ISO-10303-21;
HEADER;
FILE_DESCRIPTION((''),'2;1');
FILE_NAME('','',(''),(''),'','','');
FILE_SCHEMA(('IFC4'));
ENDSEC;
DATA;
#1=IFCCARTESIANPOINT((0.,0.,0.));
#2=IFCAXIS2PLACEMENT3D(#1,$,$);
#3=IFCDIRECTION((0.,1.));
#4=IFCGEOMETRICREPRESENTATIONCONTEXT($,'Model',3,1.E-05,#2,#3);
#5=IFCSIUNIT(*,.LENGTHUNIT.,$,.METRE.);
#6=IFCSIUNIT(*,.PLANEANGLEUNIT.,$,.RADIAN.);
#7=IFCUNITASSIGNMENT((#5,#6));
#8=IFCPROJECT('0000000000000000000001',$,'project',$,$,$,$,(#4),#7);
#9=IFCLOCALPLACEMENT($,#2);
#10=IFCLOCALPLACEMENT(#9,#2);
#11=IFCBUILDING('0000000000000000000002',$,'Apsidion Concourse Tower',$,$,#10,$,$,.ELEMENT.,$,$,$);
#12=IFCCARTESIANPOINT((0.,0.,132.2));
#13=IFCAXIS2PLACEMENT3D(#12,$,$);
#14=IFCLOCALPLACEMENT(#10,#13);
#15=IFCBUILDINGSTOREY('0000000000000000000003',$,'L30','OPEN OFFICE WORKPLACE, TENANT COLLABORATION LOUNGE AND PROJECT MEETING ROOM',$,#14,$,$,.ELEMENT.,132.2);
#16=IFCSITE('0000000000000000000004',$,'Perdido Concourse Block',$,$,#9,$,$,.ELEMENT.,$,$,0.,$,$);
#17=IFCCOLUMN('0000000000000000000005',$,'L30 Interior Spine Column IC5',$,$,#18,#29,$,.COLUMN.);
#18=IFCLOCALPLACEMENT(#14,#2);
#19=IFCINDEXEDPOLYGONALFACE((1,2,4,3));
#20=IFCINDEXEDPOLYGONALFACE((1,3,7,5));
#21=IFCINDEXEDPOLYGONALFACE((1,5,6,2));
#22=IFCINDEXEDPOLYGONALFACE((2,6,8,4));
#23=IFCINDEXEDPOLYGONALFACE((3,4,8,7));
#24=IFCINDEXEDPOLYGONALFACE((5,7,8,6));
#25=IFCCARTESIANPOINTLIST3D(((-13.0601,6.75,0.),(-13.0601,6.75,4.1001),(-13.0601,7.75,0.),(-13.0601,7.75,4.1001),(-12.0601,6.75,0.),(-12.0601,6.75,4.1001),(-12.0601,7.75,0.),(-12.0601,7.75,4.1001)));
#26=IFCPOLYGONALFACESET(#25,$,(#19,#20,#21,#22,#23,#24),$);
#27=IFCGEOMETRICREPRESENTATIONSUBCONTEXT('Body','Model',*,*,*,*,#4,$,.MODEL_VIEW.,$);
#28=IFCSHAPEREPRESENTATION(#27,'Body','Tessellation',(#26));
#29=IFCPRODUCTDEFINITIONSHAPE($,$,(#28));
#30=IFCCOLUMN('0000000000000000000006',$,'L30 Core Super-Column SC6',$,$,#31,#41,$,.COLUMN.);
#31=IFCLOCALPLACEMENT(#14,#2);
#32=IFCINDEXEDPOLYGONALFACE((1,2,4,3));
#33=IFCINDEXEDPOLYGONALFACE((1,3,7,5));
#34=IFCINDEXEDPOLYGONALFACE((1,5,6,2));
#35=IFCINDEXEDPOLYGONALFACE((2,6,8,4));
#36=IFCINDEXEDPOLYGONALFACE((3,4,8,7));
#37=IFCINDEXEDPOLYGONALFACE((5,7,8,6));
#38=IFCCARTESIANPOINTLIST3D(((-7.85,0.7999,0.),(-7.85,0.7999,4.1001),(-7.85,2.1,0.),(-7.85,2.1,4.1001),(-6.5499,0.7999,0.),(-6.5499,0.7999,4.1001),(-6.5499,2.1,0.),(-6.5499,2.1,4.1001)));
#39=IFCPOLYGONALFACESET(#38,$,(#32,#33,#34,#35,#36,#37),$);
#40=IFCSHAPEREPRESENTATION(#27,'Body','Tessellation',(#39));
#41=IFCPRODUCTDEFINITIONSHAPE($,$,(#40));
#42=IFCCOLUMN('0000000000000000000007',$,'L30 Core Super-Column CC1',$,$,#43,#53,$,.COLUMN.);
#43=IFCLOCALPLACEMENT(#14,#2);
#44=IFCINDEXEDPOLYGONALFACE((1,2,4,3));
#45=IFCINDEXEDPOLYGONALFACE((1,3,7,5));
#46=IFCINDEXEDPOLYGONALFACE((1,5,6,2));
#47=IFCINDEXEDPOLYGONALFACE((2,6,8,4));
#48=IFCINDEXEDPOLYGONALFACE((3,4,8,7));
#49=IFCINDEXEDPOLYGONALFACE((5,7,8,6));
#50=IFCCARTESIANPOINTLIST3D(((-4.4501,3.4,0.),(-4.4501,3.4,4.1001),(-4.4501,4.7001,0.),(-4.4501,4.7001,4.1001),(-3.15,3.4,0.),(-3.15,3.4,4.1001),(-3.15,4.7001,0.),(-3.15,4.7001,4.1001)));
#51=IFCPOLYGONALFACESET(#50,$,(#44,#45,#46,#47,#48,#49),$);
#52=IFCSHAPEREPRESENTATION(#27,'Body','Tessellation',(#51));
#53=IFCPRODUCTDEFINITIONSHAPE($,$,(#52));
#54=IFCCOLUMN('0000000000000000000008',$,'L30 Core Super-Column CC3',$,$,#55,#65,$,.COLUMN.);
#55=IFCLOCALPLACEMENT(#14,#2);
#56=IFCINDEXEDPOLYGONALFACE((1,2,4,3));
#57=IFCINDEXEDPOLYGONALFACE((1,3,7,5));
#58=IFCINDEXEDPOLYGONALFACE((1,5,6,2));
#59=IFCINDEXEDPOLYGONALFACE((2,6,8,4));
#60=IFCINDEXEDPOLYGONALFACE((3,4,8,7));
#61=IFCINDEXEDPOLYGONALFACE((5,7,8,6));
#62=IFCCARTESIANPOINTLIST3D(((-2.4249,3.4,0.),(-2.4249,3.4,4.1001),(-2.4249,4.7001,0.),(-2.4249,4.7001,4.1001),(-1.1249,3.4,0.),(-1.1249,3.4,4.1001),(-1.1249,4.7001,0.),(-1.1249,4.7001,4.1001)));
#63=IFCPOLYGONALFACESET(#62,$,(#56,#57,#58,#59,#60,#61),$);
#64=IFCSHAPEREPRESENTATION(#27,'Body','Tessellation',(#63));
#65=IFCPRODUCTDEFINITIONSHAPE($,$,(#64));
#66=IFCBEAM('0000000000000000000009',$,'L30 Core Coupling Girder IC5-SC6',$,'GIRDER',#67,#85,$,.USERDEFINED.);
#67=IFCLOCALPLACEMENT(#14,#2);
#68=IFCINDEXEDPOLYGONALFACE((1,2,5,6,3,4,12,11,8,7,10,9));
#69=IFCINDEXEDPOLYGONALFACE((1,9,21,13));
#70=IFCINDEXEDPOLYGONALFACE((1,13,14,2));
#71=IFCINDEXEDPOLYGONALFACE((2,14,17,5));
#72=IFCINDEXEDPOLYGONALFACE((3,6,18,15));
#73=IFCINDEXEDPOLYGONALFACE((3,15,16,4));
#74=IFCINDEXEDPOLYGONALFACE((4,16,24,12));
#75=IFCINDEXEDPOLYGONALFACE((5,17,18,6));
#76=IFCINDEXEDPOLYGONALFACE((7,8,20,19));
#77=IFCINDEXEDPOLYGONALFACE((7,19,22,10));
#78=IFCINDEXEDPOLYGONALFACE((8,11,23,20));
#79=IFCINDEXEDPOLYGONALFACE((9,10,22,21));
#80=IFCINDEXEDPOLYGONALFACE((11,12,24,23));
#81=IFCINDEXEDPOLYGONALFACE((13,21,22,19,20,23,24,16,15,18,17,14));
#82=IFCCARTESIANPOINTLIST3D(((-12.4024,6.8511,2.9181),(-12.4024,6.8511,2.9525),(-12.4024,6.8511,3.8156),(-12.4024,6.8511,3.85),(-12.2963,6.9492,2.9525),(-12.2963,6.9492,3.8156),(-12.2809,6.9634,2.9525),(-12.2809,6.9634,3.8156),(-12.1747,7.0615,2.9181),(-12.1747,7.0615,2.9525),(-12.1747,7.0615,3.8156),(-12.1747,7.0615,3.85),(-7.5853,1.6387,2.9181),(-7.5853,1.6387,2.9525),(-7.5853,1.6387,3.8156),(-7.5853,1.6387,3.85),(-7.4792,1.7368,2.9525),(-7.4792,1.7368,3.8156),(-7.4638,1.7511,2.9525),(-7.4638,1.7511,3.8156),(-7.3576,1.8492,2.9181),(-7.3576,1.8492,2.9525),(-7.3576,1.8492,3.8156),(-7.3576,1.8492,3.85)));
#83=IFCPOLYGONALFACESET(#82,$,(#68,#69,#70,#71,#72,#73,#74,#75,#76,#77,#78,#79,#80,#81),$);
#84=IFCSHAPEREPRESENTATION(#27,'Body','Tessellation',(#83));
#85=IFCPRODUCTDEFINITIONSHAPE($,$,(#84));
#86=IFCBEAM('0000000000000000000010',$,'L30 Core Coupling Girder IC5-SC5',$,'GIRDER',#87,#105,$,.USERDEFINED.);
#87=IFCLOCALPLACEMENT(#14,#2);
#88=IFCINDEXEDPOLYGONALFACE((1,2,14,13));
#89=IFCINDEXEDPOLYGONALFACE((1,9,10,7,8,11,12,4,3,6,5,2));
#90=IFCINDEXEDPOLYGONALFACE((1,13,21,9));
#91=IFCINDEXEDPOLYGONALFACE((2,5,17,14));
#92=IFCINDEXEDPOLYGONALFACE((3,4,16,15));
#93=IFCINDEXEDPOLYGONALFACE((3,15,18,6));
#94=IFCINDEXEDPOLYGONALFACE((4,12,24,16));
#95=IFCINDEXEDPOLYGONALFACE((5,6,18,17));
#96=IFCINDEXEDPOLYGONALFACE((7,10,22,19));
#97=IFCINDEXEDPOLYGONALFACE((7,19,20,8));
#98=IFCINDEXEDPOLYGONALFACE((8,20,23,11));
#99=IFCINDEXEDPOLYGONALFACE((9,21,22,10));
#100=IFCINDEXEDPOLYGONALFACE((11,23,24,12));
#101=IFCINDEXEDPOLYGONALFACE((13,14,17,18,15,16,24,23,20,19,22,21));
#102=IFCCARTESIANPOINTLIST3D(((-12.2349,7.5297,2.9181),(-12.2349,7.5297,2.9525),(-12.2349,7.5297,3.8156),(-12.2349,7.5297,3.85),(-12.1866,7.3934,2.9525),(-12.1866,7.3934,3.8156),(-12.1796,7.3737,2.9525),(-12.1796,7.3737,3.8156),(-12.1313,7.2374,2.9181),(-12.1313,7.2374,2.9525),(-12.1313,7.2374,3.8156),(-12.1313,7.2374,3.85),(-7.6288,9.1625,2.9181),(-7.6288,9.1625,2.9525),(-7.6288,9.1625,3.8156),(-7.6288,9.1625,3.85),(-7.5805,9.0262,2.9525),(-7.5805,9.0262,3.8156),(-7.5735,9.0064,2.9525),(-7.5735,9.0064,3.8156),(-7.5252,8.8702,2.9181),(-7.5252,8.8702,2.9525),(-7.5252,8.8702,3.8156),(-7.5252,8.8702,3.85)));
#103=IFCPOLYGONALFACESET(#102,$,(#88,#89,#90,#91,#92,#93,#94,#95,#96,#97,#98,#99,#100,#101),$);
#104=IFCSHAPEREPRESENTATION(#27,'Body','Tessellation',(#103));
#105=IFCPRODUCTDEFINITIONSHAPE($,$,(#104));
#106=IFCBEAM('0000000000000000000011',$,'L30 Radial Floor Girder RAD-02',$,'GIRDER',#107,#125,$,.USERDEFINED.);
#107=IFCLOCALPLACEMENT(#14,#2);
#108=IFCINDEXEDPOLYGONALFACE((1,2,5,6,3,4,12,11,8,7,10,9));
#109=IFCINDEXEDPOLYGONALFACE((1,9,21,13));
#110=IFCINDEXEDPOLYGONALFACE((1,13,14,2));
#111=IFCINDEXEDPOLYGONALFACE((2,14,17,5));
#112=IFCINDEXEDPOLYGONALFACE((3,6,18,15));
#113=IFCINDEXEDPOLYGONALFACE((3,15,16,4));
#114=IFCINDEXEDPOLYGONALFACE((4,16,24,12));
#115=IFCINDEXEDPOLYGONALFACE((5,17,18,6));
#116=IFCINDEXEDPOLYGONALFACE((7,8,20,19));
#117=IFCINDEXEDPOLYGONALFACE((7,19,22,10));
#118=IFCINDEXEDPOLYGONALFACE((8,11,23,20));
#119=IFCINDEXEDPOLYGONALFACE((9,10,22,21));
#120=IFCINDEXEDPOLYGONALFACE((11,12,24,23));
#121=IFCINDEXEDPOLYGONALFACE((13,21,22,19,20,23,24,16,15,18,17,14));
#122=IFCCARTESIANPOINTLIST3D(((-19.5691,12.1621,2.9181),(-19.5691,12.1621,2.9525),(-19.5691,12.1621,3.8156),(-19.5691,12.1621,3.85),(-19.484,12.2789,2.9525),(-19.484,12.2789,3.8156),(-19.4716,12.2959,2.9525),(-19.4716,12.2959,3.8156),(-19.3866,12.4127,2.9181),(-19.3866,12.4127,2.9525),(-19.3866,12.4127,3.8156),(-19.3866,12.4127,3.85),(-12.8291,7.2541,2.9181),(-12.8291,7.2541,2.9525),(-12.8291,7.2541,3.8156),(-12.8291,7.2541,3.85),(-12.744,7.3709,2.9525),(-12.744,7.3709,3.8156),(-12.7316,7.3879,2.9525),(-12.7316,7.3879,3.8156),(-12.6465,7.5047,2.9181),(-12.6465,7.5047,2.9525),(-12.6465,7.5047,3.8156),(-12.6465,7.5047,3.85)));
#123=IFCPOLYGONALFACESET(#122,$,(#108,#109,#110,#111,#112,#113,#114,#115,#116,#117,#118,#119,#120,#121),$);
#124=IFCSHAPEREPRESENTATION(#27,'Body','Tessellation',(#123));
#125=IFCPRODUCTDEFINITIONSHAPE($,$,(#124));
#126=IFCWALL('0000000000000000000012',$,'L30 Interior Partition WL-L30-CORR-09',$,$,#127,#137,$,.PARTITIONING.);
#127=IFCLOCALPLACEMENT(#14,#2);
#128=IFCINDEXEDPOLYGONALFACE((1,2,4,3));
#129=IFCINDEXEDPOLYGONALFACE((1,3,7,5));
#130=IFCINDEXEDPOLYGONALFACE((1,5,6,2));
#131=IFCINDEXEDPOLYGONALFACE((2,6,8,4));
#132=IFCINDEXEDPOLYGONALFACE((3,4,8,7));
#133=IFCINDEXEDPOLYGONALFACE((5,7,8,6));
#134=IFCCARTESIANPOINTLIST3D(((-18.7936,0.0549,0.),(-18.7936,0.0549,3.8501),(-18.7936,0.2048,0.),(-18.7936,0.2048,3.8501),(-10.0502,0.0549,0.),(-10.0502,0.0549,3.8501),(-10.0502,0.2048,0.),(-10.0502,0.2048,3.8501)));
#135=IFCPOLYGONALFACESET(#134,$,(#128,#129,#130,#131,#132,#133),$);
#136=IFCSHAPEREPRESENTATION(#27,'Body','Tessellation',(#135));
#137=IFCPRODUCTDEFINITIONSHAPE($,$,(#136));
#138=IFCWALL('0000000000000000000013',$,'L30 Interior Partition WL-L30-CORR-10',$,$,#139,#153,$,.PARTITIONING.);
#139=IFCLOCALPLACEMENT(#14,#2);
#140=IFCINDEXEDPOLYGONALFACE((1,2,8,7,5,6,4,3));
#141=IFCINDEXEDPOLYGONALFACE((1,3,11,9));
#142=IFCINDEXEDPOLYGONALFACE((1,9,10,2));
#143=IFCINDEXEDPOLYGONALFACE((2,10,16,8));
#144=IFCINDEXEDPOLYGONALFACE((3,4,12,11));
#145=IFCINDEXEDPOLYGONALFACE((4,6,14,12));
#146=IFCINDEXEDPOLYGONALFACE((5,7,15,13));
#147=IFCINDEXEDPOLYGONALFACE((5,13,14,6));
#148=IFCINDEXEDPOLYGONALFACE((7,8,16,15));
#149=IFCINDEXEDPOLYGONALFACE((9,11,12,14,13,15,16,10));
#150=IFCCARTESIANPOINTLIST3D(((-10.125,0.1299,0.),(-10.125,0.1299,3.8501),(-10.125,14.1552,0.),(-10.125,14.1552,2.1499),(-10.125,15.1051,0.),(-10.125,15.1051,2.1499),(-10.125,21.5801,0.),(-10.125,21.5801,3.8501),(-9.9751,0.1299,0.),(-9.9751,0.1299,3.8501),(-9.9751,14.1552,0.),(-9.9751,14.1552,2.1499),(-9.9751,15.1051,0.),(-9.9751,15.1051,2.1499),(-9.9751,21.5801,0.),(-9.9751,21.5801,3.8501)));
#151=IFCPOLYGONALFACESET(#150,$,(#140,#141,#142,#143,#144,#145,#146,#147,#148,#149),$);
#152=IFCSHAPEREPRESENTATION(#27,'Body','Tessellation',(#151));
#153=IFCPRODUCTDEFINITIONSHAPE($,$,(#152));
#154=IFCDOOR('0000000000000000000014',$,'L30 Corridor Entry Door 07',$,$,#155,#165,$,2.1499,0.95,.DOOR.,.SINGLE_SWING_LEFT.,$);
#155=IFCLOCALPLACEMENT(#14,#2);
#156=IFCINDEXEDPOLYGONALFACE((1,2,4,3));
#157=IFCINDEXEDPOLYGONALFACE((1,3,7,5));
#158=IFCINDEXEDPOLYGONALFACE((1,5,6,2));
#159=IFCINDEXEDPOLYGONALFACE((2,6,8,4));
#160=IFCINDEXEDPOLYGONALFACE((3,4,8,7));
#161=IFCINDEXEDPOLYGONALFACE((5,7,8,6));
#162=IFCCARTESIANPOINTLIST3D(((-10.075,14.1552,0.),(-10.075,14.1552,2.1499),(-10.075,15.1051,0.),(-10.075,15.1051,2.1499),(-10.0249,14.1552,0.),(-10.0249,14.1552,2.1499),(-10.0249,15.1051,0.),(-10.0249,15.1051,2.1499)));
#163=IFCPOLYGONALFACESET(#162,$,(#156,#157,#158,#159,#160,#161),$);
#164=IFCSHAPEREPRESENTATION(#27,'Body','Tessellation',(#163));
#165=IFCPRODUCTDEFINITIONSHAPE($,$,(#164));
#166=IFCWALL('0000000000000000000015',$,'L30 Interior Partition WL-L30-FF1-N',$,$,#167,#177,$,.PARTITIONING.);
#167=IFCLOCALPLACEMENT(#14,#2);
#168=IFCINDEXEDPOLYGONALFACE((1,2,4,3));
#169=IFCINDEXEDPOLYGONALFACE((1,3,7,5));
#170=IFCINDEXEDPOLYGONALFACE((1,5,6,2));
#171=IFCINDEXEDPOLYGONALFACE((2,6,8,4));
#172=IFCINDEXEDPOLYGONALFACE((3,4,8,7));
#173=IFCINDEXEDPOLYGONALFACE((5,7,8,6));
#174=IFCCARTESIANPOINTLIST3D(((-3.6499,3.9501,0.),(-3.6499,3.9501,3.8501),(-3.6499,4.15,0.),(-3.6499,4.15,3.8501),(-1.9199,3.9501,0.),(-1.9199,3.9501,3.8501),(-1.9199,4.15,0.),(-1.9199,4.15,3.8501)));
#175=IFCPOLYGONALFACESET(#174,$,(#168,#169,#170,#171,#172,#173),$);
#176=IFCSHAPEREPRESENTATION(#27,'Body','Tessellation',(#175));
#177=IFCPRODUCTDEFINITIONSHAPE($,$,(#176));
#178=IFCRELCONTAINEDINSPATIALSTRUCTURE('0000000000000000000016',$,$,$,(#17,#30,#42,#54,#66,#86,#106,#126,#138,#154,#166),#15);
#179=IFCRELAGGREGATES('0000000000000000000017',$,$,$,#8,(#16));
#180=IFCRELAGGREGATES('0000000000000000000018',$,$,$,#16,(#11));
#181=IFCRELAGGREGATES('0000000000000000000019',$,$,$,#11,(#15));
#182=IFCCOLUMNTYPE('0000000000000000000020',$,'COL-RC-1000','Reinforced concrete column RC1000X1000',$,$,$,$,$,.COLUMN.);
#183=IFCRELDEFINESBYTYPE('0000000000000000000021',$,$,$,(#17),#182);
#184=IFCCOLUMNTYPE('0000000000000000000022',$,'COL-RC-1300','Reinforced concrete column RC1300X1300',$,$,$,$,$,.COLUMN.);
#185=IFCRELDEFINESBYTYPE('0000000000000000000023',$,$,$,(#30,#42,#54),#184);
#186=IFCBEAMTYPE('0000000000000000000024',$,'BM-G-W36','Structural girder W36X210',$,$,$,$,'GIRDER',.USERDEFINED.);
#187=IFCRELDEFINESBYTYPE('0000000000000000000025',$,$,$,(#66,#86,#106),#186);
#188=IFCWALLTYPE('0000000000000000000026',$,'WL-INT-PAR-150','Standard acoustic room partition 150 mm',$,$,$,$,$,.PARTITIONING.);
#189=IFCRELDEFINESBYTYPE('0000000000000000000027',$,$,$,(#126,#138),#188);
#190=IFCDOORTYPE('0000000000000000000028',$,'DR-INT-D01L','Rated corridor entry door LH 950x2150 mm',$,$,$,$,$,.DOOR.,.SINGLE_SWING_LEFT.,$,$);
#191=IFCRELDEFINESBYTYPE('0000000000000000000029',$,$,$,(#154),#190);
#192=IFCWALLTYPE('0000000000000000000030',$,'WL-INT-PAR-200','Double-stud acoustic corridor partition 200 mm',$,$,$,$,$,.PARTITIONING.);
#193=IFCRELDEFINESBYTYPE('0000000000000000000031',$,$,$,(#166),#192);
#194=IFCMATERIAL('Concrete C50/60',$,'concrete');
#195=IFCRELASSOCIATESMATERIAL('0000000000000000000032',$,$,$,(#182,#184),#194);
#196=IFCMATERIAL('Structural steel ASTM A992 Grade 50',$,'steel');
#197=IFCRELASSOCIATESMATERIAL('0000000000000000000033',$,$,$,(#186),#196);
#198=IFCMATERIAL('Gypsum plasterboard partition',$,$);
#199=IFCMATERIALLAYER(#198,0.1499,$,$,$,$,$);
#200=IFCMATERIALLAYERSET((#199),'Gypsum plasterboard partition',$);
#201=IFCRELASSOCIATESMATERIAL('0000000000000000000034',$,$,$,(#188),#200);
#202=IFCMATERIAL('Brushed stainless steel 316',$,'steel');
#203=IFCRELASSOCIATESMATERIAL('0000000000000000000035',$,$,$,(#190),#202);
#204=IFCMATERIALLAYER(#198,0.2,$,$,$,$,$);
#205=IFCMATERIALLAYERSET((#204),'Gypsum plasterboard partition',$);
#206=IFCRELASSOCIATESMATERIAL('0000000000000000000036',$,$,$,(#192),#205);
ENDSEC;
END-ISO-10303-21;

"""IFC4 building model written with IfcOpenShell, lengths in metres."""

from ifc_helpers import new_model, si_unit, direction, frame, frame_2d, origin, origin_2d, place, context, subcontext, project, spatial, rectangle, i_section, extrude, material, layer, layer_set, material_profile, profile_set, type_object, element, fill, save


model = new_model("IFC4")

# Units and contexts
model_context = context("Model", 3, precision=1e-05, world=origin(), true_north=direction((0.0, 1.0)))
body_context = subcontext(model_context, "Body", "Model", "MODEL_VIEW")
ifc_project = project(units=[si_unit("LENGTHUNIT", "METRE"), si_unit("PLANEANGLEUNIT", "RADIAN")], contexts=[model_context])

# Site, building, storey
site_placement = place(None, origin())
site = spatial("IfcSite", under=ifc_project, at=site_placement, Name="Perdido Concourse Block", CompositionType="ELEMENT", RefElevation=0.0)
building_placement = place(site_placement, origin())
building = spatial("IfcBuilding", under=site, at=building_placement, Name="Apsidion Concourse Tower", CompositionType="ELEMENT")
storey_placement = place(building_placement, frame((0.0, 0.0, 132.2)))
storey = spatial("IfcBuildingStorey", under=building, at=storey_placement, Name="L30", Description="OPEN OFFICE WORKPLACE, TENANT COLLABORATION LOUNGE AND PROJECT MEETING ROOM", CompositionType="ELEMENT", Elevation=132.2)

# Columns
ifc_material_1 = material(Name="Concrete C50/60", Category="concrete")
ifc_material_profile_1 = material_profile(ifc_material_1, rectangle(XDim=1.0, YDim=1.0, at=origin_2d()), Name="RC 1000x1000")
ifc_profile_set_1 = profile_set([ifc_material_profile_1], Name="Concrete C50/60")
column_type_1 = type_object("IfcColumnType", Name="COL-RC-1000", Description="Reinforced concrete column RC1000X1000", PredefinedType="COLUMN", material=ifc_profile_set_1)
column_placement = place(storey_placement, frame((-12.5601, 7.25, 0.0), z_axis=(0.0, 0.0, 1.0), x_axis=(1.0, 0.0, 0.0)))
element("IfcColumn", 1, at=column_placement, inside=storey, type_object=column_type_1, Name="L30 Interior Spine Column IC5", PredefinedType="COLUMN", context=body_context, shape_type="SweptSolid", body=[
    extrude(rectangle(XDim=1.0, YDim=1.0, at=origin_2d()), origin(), (0.0, 0.0, 1.0), 4.1001),
])
ifc_material_profile_2 = material_profile(ifc_material_1, rectangle(XDim=1.3, YDim=1.3, at=origin_2d()), Name="RC 1300x1300")
ifc_profile_set_2 = profile_set([ifc_material_profile_2], Name="Concrete C50/60")
column_type_2 = type_object("IfcColumnType", Name="COL-RC-1300", Description="Reinforced concrete column RC1300X1300", PredefinedType="COLUMN", material=ifc_profile_set_2)
for number, where, z_axis, x_axis, name in (
    (2, (-7.2, 1.45, 0.0), (0.0, 0.0, 1.0), (1.0, 0.0, 0.0), "L30 Core Super-Column SC6"),
    (3, (-3.8, 4.05, 0.0), (0.0, 0.0, 1.0), (1.0, 0.0, 0.0), "L30 Core Super-Column CC1"),
    (4, (-1.7749, 4.05, 0.0), (0.0, 0.0, 1.0), (1.0, 0.0, 0.0), "L30 Core Super-Column CC3"),
):
    element("IfcColumn", number, at=place(storey_placement, frame(where, z_axis=z_axis, x_axis=x_axis)), inside=storey, type_object=column_type_2, Name=name, PredefinedType="COLUMN", context=body_context, shape_type="SweptSolid", body=[
        extrude(rectangle(XDim=1.3, YDim=1.3, at=origin_2d()), origin(), (0.0, 0.0, 1.0), 4.1001),
    ])

# Beams
ifc_material_2 = material(Name="Structural steel ASTM A992 Grade 50", Category="steel")
ifc_material_profile_3 = material_profile(ifc_material_2, i_section(OverallWidth=0.3101, OverallDepth=0.9319, WebThickness=0.021, FlangeThickness=0.0344, at=origin_2d()), Name="W36X210")
ifc_profile_set_3 = profile_set([ifc_material_profile_3], Name="Structural steel ASTM A992 Grade 50")
beam_type = type_object("IfcBeamType", Name="BM-G-W36", Description="Structural girder W36X210", ElementType="GIRDER", PredefinedType="USERDEFINED", material=ifc_profile_set_3)
beam_1_placement = place(storey_placement, frame((-12.2886, 6.9563, 3.384), z_axis=(0.678713, -0.734404, 0.0), x_axis=(0.734404, 0.678713, 0.0)))
element("IfcBeam", 5, at=beam_1_placement, inside=storey, type_object=beam_type, Name="L30 Core Coupling Girder IC5-SC6", ObjectType="GIRDER", PredefinedType="USERDEFINED", context=body_context, shape_type="SweptSolid", body=[
    extrude(i_section(OverallWidth=0.3101, OverallDepth=0.9319, WebThickness=0.021, FlangeThickness=0.0344, at=origin_2d()), origin(), (0.0, 0.0, 1.0), 7.0974),
])
beam_2_placement = place(storey_placement, frame((-12.1831, 7.3835, 3.384), z_axis=(0.942534, 0.334111, 0.0), x_axis=(-0.334111, 0.942534, 0.0)))
element("IfcBeam", 6, at=beam_2_placement, inside=storey, type_object=beam_type, Name="L30 Core Coupling Girder IC5-SC5", ObjectType="GIRDER", PredefinedType="USERDEFINED", context=body_context, shape_type="SweptSolid", body=[
    extrude(i_section(OverallWidth=0.3101, OverallDepth=0.9319, WebThickness=0.021, FlangeThickness=0.0344, at=origin_2d()), origin(), (0.0, 0.0, 1.0), 4.887),
])
beam_3_placement = place(storey_placement, frame((-12.7378, 7.3794, 3.384), z_axis=(-0.808385, 0.588654, 0.0), x_axis=(-0.588654, -0.808385, 0.0)))
element("IfcBeam", 7, at=beam_3_placement, inside=storey, type_object=beam_type, Name="L30 Radial Floor Girder RAD-02", ObjectType="GIRDER", PredefinedType="USERDEFINED", context=body_context, shape_type="SweptSolid", body=[
    extrude(i_section(OverallWidth=0.3101, OverallDepth=0.9319, WebThickness=0.021, FlangeThickness=0.0344, at=origin_2d()), origin(), (0.0, 0.0, 1.0), 8.3376),
])

# Wall
ifc_material_3 = material(Name="Gypsum plasterboard partition")
ifc_layer_1 = layer(ifc_material_3, 0.1499)
ifc_layer_set_1 = layer_set([ifc_layer_1], Name="Gypsum plasterboard partition")
wall_type_1 = type_object("IfcWallType", Name="WL-INT-PAR-150", Description="Standard acoustic room partition 150 mm", PredefinedType="PARTITIONING", material=ifc_layer_set_1)
wall_1_placement = place(storey_placement, frame((-18.7935, 0.1299, 0.0), z_axis=(0.0, 0.0, 1.0), x_axis=(1.0, 0.0, 0.0)))
element("IfcWall", 8, at=wall_1_placement, inside=storey, type_object=wall_type_1, Name="L30 Interior Partition WL-L30-CORR-09", PredefinedType="PARTITIONING", context=body_context, shape_type="SweptSolid", body=[
    extrude(rectangle(XDim=8.7434, YDim=0.1499, at=frame_2d((4.3716, 0.0))), origin(), (0.0, 0.0, 1.0), 3.8501),
])

# Wall, opening, door
wall_2_placement = place(storey_placement, frame((-10.05, 0.1299, 0.0), z_axis=(0.0, 0.0, 1.0), x_axis=(0.0, 1.0, 0.0)))
wall_2 = element("IfcWall", 9, at=wall_2_placement, inside=storey, type_object=wall_type_1, Name="L30 Interior Partition WL-L30-CORR-10", PredefinedType="PARTITIONING", context=body_context, shape_type="SweptSolid", body=[
    extrude(rectangle(XDim=21.4502, YDim=0.1499, at=frame_2d((10.7251, 0.0))), origin(), (0.0, 0.0, 1.0), 3.8501),
])
opening_1_placement = place(wall_2_placement, frame((14.0251, 0.0, 0.0)))
opening_1 = element("IfcOpeningElement", 10, at=opening_1_placement, cuts=wall_2, PredefinedType="OPENING", context=body_context, shape_type="SweptSolid", body=[
    extrude(rectangle(XDim=0.95, YDim=2.1499, at=frame_2d((0.4751, 1.075))), frame((0.0, 0.085, 0.0), z_axis=(0.0, -1.0, 0.0), x_axis=(1.0, 0.0, 0.0)), (0.0, 0.0, 1.0), 0.1699),
])
ifc_material_4 = material(Name="Brushed stainless steel 316", Category="steel")
door_type_1 = type_object("IfcDoorType", Name="DR-INT-D01L", Description="Rated corridor entry door LH 950x2150 mm", OperationType="SINGLE_SWING_LEFT", PredefinedType="DOOR", material=ifc_material_4)
door_1_placement = place(opening_1_placement, origin())
door_1 = element("IfcDoor", 11, at=door_1_placement, inside=storey, type_object=door_type_1, Name="L30 Corridor Entry Door 07", OperationType="SINGLE_SWING_LEFT", OverallHeight=2.1499, OverallWidth=0.95, PredefinedType="DOOR", context=body_context, shape_type="SweptSolid", body=[
    extrude(rectangle(XDim=0.95, YDim=2.1499, at=frame_2d((0.4751, 1.075))), frame((0.0, 0.0249, 0.0), z_axis=(0.0, -1.0, 0.0), x_axis=(1.0, 0.0, 0.0)), (0.0, 0.0, 1.0), 0.05),
])
fill(opening_1, door_1)

# Wall
ifc_layer_2 = layer(ifc_material_3, 0.2)
ifc_layer_set_2 = layer_set([ifc_layer_2], Name="Gypsum plasterboard partition")
wall_type_2 = type_object("IfcWallType", Name="WL-INT-PAR-200", Description="Double-stud acoustic corridor partition 200 mm", PredefinedType="PARTITIONING", material=ifc_layer_set_2)
wall_3_placement = place(storey_placement, frame((-3.6499, 4.05, 0.0), z_axis=(0.0, 0.0, 1.0), x_axis=(1.0, 0.0, 0.0)))
element("IfcWall", 12, at=wall_3_placement, inside=storey, type_object=wall_type_2, Name="L30 Interior Partition WL-L30-FF1-N", PredefinedType="PARTITIONING", context=body_context, shape_type="SweptSolid", body=[
    extrude(rectangle(XDim=1.73, YDim=0.2, at=frame_2d((0.865, 0.0))), origin(), (0.0, 0.0, 1.0), 3.8501),
])

save(model, "model.ifc")
